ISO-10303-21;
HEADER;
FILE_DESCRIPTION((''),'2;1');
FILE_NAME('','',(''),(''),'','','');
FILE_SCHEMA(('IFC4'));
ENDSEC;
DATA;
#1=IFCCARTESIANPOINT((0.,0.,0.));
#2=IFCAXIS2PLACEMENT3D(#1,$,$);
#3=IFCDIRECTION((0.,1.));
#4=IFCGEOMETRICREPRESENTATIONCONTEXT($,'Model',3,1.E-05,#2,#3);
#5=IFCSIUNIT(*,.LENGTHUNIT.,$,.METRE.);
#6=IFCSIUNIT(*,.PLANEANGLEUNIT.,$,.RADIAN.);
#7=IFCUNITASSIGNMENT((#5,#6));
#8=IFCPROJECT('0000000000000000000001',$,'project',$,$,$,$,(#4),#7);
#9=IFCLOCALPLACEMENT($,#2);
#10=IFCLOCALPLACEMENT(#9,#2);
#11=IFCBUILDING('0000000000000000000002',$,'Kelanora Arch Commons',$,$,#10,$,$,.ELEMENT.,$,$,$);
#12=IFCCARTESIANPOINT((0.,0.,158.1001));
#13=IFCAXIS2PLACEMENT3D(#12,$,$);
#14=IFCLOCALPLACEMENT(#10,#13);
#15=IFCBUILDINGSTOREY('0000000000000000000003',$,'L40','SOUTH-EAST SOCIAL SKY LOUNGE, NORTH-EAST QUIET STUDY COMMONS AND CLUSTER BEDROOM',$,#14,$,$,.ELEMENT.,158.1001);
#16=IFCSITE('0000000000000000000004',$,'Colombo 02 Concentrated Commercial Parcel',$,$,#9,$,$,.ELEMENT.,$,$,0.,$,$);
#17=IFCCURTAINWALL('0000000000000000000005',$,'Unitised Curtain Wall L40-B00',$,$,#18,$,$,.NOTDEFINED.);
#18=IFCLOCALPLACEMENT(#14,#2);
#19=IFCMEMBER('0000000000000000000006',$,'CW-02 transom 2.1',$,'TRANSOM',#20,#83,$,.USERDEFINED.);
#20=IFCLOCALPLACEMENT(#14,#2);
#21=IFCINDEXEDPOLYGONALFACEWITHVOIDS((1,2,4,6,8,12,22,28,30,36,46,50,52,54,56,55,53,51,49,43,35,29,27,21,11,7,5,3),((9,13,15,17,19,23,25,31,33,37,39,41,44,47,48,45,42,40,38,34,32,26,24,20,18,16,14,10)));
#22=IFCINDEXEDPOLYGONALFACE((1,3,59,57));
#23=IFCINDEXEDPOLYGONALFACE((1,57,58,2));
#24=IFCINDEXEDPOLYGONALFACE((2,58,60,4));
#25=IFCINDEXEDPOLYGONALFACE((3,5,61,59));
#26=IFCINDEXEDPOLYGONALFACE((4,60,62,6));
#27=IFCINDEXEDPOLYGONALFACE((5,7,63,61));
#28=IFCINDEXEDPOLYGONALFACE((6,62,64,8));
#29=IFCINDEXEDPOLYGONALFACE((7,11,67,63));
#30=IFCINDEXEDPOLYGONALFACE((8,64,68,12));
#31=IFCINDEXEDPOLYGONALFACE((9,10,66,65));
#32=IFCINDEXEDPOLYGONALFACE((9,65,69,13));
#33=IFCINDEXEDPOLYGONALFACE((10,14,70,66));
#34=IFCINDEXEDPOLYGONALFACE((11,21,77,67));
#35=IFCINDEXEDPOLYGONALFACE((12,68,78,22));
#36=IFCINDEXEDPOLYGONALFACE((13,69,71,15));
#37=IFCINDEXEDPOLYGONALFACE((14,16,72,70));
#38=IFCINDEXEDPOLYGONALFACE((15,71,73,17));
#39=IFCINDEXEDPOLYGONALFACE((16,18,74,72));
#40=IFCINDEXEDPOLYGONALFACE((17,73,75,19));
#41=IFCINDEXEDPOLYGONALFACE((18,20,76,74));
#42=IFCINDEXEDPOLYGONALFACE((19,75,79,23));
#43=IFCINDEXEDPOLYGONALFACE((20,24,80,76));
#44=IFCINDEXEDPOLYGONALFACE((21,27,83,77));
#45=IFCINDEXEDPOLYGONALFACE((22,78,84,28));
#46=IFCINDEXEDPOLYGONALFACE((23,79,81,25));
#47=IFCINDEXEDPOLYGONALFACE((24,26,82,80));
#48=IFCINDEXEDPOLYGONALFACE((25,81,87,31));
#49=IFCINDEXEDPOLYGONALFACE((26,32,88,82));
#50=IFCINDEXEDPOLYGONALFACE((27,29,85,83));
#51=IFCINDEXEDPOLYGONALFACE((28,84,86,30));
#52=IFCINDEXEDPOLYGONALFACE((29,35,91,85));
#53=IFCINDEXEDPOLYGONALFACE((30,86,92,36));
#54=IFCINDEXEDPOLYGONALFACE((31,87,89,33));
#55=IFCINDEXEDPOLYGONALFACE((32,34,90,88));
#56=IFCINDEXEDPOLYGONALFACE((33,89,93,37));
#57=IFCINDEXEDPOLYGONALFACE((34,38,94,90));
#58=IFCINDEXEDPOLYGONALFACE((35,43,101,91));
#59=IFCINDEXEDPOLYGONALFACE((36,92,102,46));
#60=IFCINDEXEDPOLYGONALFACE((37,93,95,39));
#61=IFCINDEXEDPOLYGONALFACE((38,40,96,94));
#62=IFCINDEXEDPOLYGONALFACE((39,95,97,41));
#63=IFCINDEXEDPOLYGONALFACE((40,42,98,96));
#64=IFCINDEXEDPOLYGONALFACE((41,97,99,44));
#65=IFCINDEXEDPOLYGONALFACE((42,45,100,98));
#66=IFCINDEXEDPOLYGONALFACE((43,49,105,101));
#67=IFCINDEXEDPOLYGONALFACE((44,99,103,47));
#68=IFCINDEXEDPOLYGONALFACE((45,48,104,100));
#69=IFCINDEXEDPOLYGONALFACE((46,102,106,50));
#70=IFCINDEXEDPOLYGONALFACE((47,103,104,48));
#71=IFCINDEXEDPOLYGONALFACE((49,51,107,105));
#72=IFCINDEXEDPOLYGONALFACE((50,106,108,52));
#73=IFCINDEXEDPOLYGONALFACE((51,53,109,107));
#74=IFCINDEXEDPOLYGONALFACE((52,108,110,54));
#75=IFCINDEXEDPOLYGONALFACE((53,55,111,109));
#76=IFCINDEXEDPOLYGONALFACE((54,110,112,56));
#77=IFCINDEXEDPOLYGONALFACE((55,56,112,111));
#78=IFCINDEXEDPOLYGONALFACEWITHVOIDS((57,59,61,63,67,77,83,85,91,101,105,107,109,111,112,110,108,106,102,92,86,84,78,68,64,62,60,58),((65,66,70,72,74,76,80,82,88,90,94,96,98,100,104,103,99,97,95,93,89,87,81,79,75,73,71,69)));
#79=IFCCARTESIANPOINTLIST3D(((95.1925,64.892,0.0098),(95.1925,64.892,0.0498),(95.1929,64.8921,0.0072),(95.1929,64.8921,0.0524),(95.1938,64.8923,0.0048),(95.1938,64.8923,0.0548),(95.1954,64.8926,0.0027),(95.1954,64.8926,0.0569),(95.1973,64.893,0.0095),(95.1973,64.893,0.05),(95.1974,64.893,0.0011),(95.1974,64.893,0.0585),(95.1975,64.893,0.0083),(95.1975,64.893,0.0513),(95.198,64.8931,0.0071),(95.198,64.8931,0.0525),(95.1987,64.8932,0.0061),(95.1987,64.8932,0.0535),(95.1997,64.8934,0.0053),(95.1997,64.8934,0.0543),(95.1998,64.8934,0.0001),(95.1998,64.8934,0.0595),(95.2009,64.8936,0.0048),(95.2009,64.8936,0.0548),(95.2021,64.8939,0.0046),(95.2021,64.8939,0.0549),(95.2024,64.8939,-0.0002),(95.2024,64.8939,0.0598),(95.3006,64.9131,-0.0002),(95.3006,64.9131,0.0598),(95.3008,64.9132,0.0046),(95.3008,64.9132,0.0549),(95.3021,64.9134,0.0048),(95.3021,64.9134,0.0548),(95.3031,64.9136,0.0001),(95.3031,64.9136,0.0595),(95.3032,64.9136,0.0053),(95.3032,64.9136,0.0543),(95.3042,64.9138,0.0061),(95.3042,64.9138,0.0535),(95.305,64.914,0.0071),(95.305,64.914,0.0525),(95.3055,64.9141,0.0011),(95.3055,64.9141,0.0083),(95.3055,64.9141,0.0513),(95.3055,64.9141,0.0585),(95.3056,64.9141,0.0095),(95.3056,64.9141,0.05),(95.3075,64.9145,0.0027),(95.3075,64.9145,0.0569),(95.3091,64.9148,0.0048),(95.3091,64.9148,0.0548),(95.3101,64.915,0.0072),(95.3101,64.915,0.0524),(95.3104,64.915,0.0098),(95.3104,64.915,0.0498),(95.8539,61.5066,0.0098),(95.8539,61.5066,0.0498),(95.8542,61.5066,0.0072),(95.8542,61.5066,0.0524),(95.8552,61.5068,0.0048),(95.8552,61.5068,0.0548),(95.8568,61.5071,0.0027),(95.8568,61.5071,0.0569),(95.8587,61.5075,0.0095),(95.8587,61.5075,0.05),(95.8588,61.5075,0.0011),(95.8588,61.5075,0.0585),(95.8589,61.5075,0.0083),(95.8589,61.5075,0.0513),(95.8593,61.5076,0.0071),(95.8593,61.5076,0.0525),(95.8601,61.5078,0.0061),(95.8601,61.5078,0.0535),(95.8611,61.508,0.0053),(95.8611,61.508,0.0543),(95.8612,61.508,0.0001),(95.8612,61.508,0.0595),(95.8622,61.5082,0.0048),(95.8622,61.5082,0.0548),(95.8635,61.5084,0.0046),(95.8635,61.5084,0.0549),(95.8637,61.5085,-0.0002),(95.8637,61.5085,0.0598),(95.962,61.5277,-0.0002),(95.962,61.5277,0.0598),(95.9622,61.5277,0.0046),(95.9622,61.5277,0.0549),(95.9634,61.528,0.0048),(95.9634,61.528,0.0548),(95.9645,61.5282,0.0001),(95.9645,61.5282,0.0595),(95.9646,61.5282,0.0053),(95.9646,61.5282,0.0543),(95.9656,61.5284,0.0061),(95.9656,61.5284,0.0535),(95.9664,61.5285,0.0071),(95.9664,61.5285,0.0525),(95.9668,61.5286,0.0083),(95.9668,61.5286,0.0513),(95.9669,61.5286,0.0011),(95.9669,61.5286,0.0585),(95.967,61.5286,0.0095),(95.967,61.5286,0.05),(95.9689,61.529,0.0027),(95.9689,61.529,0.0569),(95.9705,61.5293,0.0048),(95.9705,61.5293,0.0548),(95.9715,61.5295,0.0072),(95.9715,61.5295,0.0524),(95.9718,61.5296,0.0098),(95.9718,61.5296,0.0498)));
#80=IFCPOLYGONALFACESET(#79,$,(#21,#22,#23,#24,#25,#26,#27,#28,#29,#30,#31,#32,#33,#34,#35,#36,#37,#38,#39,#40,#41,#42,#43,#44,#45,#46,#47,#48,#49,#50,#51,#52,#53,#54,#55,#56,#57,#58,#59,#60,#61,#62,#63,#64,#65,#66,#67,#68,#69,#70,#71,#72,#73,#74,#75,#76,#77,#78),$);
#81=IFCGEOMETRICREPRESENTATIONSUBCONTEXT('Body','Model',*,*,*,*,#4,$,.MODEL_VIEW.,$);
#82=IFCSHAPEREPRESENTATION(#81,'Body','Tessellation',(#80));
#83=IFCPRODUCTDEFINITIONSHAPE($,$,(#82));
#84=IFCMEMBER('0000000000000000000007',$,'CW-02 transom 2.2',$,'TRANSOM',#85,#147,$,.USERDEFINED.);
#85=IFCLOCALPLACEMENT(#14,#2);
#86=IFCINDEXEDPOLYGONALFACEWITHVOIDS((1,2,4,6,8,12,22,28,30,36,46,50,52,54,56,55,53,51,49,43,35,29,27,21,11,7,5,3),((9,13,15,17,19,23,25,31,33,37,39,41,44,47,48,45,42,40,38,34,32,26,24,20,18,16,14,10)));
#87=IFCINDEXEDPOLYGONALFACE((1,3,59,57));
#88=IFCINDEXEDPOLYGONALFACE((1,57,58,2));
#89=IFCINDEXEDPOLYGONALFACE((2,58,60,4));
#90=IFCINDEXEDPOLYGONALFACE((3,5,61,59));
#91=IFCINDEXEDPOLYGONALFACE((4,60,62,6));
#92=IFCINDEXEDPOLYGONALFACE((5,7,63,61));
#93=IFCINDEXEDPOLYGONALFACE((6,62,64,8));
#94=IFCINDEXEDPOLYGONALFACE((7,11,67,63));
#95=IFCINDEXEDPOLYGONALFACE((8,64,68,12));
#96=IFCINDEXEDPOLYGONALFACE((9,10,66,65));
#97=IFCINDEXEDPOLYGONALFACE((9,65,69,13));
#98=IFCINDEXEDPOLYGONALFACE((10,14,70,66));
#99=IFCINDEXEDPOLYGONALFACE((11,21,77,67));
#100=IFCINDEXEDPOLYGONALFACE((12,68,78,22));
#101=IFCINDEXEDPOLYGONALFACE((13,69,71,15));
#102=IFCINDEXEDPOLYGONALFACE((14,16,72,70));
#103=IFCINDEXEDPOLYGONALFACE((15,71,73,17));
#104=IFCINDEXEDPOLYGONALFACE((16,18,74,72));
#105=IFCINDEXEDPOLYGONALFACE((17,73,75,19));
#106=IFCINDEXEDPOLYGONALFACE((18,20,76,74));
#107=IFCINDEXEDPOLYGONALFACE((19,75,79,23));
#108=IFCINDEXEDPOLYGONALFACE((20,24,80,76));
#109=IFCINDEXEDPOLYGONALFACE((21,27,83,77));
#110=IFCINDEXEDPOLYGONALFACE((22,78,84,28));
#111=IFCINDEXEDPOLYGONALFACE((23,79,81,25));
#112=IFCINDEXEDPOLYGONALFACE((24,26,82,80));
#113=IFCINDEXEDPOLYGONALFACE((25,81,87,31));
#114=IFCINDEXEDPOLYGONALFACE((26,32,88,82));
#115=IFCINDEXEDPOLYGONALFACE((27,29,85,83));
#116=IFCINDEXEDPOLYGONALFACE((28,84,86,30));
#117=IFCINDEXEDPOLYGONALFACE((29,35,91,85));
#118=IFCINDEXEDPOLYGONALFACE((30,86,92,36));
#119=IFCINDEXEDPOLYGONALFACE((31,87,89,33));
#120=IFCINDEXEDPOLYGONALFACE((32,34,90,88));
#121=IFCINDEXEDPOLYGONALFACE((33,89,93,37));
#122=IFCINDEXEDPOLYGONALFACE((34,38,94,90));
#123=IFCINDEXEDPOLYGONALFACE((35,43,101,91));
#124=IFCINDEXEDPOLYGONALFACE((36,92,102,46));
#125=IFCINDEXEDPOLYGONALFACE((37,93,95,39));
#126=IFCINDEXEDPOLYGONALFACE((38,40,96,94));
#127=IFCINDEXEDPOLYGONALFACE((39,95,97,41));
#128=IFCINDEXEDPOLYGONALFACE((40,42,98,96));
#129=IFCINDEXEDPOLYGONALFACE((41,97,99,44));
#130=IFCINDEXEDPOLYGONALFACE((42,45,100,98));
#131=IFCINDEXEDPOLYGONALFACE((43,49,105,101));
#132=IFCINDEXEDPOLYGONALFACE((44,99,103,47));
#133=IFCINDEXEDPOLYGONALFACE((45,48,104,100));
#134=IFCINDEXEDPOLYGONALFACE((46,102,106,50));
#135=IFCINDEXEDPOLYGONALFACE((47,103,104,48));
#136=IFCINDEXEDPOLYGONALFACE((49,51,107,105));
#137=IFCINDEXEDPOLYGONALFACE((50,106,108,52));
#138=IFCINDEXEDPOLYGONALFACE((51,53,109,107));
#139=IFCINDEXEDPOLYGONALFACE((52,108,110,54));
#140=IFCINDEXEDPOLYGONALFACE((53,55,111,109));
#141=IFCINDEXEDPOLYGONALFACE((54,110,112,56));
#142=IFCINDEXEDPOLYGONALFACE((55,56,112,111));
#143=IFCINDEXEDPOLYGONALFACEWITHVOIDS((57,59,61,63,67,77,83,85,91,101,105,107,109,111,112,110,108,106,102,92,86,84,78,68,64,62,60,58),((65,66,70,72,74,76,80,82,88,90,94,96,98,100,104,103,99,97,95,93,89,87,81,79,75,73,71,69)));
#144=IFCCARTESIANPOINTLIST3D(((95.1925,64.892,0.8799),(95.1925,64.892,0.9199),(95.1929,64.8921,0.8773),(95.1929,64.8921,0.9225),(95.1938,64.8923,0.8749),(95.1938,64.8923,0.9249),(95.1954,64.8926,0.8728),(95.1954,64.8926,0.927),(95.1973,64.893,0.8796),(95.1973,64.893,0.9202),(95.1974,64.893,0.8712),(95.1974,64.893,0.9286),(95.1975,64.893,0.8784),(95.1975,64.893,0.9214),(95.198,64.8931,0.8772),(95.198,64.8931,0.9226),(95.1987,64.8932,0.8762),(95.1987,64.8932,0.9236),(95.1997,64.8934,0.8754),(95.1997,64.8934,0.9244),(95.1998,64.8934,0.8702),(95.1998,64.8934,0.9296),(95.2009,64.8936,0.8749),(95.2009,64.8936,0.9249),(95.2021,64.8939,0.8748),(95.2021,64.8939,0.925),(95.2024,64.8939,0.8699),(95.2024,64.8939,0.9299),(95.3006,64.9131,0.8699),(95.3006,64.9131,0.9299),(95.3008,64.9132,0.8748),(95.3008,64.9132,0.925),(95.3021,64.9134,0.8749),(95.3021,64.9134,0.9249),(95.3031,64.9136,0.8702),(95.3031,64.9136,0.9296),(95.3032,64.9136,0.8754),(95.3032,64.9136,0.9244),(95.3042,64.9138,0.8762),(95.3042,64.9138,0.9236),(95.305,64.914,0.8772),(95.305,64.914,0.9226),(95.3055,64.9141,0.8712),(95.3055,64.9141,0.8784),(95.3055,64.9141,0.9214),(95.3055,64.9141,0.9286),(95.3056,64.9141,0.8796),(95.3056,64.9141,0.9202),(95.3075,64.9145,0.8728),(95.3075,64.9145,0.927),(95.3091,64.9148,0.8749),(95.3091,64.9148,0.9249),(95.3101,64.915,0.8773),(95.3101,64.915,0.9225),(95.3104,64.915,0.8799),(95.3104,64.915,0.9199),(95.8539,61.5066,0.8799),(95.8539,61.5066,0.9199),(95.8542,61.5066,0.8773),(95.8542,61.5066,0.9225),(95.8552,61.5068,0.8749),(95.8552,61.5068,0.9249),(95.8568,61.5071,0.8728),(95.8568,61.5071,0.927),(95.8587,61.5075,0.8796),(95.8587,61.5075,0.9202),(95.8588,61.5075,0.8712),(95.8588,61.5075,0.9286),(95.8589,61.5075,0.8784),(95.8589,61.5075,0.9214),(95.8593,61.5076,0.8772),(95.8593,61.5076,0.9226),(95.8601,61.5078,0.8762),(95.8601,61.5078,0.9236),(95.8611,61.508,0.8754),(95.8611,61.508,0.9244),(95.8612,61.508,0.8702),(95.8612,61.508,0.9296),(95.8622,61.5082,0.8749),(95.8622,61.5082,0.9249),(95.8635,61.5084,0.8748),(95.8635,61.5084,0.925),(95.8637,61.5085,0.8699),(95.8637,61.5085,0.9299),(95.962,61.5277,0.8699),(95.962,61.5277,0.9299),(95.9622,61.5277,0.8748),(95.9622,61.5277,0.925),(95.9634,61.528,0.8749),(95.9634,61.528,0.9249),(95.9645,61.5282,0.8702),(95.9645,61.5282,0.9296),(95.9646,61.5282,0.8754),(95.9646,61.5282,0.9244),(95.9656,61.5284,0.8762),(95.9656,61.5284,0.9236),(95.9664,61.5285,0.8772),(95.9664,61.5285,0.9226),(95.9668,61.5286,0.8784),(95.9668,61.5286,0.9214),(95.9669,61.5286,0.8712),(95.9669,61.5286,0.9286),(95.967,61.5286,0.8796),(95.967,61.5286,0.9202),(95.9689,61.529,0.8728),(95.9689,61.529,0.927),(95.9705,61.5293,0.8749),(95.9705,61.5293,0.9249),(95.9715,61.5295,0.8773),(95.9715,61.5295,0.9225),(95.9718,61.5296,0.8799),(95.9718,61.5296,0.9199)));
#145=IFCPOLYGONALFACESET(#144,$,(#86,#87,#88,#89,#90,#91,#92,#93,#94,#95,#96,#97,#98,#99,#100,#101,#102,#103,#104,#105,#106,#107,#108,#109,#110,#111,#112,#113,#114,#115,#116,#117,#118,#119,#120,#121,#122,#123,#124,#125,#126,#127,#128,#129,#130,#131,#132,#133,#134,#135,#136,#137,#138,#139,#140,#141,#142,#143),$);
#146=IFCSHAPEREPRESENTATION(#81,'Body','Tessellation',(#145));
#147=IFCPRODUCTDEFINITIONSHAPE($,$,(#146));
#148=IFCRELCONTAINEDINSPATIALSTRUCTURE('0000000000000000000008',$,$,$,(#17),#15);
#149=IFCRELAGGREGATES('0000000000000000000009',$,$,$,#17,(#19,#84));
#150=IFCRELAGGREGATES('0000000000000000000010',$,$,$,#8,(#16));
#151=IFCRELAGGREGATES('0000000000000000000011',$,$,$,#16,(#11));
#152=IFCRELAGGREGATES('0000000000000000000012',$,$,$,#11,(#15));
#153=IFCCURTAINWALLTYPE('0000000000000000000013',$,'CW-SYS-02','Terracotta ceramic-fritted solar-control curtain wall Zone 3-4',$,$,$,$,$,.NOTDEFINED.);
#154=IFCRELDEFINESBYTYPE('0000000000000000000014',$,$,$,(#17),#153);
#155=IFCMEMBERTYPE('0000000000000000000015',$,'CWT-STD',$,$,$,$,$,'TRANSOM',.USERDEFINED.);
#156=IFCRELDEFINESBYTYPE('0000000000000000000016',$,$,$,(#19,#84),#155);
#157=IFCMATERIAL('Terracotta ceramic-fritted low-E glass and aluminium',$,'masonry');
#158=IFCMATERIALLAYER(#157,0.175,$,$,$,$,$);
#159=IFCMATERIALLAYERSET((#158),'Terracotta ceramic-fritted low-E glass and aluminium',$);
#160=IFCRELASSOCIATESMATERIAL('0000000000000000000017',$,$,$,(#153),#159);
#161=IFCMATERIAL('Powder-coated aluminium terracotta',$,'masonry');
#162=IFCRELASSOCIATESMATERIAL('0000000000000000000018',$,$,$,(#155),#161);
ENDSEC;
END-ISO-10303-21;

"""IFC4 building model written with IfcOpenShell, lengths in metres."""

from ifc_helpers import new_model, si_unit, direction, frame, origin, origin_2d, place, context, subcontext, project, spatial, hollow_rectangle, extrude, material, layer, layer_set, material_profile, profile_set, type_object, element, aggregate, save


model = new_model("IFC4")

# Units and contexts
model_context = context("Model", 3, precision=1e-05, world=origin(), true_north=direction((0.0, 1.0)))
body_context = subcontext(model_context, "Body", "Model", "MODEL_VIEW")
ifc_project = project(units=[si_unit("LENGTHUNIT", "METRE"), si_unit("PLANEANGLEUNIT", "RADIAN")], contexts=[model_context])

# Site, building, storey
site_placement = place(None, origin())
site = spatial("IfcSite", under=ifc_project, at=site_placement, Name="Colombo 02 Concentrated Commercial Parcel", CompositionType="ELEMENT", RefElevation=0.0)
building_placement = place(site_placement, origin())
building = spatial("IfcBuilding", under=site, at=building_placement, Name="Kelanora Arch Commons", CompositionType="ELEMENT")
storey_placement = place(building_placement, frame((0.0, 0.0, 158.1001)))
storey = spatial("IfcBuildingStorey", under=building, at=storey_placement, Name="L40", Description="SOUTH-EAST SOCIAL SKY LOUNGE, NORTH-EAST QUIET STUDY COMMONS AND CLUSTER BEDROOM", CompositionType="ELEMENT", Elevation=158.1001)

# Curtain wall, members
ifc_material_1 = material(Name="Terracotta ceramic-fritted low-E glass and aluminium", Category="masonry")
ifc_layer_1 = layer(ifc_material_1, 0.175)
ifc_layer_set_1 = layer_set([ifc_layer_1], Name="Terracotta ceramic-fritted low-E glass and aluminium")
curtain_wall_type = type_object("IfcCurtainWallType", Name="CW-SYS-02", Description="Terracotta ceramic-fritted solar-control curtain wall Zone 3-4", PredefinedType="NOTDEFINED", material=ifc_layer_set_1)
curtain_wall_placement = place(storey_placement, origin())
curtain_wall = element("IfcCurtainWall", 1, at=curtain_wall_placement, inside=storey, type_object=curtain_wall_type, Name="Unitised Curtain Wall L40-B00", PredefinedType="NOTDEFINED")
ifc_material_2 = material(Name="Powder-coated aluminium terracotta", Category="masonry")
ifc_material_profile_1 = material_profile(ifc_material_2, hollow_rectangle(XDim=0.1201, YDim=0.0601, WallThickness=0.0049, InnerFilletRadius=0.0049, OuterFilletRadius=0.01, at=origin_2d()), Name="CWT120x60")
ifc_profile_set_1 = profile_set([ifc_material_profile_1], Name="Powder-coated aluminium terracotta")
member_type_1 = type_object("IfcMemberType", Name="CWT-STD", ElementType="TRANSOM", PredefinedType="USERDEFINED", material=ifc_profile_set_1)
member_1_placement = place(storey_placement, frame((95.9128, 61.5181, 0.0298), z_axis=(-0.191732, 0.981447, 0.0), x_axis=(-0.981447, -0.191732, 0.0)))
member_1 = element("IfcMember", 2, at=member_1_placement, type_object=member_type_1, Name="CW-02 transom 2.1", ObjectType="TRANSOM", PredefinedType="USERDEFINED", context=body_context, shape_type="SweptSolid", body=[
    extrude(hollow_rectangle(XDim=0.1201, YDim=0.0601, WallThickness=0.0049, InnerFilletRadius=0.0049, OuterFilletRadius=0.01, at=origin_2d()), origin(), (0.0, 0.0, 1.0), 3.4495),
])
member_2_placement = place(storey_placement, frame((95.9128, 61.5181, 0.8999), z_axis=(-0.191732, 0.981447, 0.0), x_axis=(-0.981447, -0.191732, 0.0)))
member_2 = element("IfcMember", 3, at=member_2_placement, type_object=member_type_1, Name="CW-02 transom 2.2", ObjectType="TRANSOM", PredefinedType="USERDEFINED", context=body_context, shape_type="SweptSolid", body=[
    extrude(hollow_rectangle(XDim=0.1201, YDim=0.0601, WallThickness=0.0049, InnerFilletRadius=0.0049, OuterFilletRadius=0.01, at=origin_2d()), origin(), (0.0, 0.0, 1.0), 3.4495),
])
aggregate(curtain_wall, [member_1, member_2])

save(model, "model.ifc")
